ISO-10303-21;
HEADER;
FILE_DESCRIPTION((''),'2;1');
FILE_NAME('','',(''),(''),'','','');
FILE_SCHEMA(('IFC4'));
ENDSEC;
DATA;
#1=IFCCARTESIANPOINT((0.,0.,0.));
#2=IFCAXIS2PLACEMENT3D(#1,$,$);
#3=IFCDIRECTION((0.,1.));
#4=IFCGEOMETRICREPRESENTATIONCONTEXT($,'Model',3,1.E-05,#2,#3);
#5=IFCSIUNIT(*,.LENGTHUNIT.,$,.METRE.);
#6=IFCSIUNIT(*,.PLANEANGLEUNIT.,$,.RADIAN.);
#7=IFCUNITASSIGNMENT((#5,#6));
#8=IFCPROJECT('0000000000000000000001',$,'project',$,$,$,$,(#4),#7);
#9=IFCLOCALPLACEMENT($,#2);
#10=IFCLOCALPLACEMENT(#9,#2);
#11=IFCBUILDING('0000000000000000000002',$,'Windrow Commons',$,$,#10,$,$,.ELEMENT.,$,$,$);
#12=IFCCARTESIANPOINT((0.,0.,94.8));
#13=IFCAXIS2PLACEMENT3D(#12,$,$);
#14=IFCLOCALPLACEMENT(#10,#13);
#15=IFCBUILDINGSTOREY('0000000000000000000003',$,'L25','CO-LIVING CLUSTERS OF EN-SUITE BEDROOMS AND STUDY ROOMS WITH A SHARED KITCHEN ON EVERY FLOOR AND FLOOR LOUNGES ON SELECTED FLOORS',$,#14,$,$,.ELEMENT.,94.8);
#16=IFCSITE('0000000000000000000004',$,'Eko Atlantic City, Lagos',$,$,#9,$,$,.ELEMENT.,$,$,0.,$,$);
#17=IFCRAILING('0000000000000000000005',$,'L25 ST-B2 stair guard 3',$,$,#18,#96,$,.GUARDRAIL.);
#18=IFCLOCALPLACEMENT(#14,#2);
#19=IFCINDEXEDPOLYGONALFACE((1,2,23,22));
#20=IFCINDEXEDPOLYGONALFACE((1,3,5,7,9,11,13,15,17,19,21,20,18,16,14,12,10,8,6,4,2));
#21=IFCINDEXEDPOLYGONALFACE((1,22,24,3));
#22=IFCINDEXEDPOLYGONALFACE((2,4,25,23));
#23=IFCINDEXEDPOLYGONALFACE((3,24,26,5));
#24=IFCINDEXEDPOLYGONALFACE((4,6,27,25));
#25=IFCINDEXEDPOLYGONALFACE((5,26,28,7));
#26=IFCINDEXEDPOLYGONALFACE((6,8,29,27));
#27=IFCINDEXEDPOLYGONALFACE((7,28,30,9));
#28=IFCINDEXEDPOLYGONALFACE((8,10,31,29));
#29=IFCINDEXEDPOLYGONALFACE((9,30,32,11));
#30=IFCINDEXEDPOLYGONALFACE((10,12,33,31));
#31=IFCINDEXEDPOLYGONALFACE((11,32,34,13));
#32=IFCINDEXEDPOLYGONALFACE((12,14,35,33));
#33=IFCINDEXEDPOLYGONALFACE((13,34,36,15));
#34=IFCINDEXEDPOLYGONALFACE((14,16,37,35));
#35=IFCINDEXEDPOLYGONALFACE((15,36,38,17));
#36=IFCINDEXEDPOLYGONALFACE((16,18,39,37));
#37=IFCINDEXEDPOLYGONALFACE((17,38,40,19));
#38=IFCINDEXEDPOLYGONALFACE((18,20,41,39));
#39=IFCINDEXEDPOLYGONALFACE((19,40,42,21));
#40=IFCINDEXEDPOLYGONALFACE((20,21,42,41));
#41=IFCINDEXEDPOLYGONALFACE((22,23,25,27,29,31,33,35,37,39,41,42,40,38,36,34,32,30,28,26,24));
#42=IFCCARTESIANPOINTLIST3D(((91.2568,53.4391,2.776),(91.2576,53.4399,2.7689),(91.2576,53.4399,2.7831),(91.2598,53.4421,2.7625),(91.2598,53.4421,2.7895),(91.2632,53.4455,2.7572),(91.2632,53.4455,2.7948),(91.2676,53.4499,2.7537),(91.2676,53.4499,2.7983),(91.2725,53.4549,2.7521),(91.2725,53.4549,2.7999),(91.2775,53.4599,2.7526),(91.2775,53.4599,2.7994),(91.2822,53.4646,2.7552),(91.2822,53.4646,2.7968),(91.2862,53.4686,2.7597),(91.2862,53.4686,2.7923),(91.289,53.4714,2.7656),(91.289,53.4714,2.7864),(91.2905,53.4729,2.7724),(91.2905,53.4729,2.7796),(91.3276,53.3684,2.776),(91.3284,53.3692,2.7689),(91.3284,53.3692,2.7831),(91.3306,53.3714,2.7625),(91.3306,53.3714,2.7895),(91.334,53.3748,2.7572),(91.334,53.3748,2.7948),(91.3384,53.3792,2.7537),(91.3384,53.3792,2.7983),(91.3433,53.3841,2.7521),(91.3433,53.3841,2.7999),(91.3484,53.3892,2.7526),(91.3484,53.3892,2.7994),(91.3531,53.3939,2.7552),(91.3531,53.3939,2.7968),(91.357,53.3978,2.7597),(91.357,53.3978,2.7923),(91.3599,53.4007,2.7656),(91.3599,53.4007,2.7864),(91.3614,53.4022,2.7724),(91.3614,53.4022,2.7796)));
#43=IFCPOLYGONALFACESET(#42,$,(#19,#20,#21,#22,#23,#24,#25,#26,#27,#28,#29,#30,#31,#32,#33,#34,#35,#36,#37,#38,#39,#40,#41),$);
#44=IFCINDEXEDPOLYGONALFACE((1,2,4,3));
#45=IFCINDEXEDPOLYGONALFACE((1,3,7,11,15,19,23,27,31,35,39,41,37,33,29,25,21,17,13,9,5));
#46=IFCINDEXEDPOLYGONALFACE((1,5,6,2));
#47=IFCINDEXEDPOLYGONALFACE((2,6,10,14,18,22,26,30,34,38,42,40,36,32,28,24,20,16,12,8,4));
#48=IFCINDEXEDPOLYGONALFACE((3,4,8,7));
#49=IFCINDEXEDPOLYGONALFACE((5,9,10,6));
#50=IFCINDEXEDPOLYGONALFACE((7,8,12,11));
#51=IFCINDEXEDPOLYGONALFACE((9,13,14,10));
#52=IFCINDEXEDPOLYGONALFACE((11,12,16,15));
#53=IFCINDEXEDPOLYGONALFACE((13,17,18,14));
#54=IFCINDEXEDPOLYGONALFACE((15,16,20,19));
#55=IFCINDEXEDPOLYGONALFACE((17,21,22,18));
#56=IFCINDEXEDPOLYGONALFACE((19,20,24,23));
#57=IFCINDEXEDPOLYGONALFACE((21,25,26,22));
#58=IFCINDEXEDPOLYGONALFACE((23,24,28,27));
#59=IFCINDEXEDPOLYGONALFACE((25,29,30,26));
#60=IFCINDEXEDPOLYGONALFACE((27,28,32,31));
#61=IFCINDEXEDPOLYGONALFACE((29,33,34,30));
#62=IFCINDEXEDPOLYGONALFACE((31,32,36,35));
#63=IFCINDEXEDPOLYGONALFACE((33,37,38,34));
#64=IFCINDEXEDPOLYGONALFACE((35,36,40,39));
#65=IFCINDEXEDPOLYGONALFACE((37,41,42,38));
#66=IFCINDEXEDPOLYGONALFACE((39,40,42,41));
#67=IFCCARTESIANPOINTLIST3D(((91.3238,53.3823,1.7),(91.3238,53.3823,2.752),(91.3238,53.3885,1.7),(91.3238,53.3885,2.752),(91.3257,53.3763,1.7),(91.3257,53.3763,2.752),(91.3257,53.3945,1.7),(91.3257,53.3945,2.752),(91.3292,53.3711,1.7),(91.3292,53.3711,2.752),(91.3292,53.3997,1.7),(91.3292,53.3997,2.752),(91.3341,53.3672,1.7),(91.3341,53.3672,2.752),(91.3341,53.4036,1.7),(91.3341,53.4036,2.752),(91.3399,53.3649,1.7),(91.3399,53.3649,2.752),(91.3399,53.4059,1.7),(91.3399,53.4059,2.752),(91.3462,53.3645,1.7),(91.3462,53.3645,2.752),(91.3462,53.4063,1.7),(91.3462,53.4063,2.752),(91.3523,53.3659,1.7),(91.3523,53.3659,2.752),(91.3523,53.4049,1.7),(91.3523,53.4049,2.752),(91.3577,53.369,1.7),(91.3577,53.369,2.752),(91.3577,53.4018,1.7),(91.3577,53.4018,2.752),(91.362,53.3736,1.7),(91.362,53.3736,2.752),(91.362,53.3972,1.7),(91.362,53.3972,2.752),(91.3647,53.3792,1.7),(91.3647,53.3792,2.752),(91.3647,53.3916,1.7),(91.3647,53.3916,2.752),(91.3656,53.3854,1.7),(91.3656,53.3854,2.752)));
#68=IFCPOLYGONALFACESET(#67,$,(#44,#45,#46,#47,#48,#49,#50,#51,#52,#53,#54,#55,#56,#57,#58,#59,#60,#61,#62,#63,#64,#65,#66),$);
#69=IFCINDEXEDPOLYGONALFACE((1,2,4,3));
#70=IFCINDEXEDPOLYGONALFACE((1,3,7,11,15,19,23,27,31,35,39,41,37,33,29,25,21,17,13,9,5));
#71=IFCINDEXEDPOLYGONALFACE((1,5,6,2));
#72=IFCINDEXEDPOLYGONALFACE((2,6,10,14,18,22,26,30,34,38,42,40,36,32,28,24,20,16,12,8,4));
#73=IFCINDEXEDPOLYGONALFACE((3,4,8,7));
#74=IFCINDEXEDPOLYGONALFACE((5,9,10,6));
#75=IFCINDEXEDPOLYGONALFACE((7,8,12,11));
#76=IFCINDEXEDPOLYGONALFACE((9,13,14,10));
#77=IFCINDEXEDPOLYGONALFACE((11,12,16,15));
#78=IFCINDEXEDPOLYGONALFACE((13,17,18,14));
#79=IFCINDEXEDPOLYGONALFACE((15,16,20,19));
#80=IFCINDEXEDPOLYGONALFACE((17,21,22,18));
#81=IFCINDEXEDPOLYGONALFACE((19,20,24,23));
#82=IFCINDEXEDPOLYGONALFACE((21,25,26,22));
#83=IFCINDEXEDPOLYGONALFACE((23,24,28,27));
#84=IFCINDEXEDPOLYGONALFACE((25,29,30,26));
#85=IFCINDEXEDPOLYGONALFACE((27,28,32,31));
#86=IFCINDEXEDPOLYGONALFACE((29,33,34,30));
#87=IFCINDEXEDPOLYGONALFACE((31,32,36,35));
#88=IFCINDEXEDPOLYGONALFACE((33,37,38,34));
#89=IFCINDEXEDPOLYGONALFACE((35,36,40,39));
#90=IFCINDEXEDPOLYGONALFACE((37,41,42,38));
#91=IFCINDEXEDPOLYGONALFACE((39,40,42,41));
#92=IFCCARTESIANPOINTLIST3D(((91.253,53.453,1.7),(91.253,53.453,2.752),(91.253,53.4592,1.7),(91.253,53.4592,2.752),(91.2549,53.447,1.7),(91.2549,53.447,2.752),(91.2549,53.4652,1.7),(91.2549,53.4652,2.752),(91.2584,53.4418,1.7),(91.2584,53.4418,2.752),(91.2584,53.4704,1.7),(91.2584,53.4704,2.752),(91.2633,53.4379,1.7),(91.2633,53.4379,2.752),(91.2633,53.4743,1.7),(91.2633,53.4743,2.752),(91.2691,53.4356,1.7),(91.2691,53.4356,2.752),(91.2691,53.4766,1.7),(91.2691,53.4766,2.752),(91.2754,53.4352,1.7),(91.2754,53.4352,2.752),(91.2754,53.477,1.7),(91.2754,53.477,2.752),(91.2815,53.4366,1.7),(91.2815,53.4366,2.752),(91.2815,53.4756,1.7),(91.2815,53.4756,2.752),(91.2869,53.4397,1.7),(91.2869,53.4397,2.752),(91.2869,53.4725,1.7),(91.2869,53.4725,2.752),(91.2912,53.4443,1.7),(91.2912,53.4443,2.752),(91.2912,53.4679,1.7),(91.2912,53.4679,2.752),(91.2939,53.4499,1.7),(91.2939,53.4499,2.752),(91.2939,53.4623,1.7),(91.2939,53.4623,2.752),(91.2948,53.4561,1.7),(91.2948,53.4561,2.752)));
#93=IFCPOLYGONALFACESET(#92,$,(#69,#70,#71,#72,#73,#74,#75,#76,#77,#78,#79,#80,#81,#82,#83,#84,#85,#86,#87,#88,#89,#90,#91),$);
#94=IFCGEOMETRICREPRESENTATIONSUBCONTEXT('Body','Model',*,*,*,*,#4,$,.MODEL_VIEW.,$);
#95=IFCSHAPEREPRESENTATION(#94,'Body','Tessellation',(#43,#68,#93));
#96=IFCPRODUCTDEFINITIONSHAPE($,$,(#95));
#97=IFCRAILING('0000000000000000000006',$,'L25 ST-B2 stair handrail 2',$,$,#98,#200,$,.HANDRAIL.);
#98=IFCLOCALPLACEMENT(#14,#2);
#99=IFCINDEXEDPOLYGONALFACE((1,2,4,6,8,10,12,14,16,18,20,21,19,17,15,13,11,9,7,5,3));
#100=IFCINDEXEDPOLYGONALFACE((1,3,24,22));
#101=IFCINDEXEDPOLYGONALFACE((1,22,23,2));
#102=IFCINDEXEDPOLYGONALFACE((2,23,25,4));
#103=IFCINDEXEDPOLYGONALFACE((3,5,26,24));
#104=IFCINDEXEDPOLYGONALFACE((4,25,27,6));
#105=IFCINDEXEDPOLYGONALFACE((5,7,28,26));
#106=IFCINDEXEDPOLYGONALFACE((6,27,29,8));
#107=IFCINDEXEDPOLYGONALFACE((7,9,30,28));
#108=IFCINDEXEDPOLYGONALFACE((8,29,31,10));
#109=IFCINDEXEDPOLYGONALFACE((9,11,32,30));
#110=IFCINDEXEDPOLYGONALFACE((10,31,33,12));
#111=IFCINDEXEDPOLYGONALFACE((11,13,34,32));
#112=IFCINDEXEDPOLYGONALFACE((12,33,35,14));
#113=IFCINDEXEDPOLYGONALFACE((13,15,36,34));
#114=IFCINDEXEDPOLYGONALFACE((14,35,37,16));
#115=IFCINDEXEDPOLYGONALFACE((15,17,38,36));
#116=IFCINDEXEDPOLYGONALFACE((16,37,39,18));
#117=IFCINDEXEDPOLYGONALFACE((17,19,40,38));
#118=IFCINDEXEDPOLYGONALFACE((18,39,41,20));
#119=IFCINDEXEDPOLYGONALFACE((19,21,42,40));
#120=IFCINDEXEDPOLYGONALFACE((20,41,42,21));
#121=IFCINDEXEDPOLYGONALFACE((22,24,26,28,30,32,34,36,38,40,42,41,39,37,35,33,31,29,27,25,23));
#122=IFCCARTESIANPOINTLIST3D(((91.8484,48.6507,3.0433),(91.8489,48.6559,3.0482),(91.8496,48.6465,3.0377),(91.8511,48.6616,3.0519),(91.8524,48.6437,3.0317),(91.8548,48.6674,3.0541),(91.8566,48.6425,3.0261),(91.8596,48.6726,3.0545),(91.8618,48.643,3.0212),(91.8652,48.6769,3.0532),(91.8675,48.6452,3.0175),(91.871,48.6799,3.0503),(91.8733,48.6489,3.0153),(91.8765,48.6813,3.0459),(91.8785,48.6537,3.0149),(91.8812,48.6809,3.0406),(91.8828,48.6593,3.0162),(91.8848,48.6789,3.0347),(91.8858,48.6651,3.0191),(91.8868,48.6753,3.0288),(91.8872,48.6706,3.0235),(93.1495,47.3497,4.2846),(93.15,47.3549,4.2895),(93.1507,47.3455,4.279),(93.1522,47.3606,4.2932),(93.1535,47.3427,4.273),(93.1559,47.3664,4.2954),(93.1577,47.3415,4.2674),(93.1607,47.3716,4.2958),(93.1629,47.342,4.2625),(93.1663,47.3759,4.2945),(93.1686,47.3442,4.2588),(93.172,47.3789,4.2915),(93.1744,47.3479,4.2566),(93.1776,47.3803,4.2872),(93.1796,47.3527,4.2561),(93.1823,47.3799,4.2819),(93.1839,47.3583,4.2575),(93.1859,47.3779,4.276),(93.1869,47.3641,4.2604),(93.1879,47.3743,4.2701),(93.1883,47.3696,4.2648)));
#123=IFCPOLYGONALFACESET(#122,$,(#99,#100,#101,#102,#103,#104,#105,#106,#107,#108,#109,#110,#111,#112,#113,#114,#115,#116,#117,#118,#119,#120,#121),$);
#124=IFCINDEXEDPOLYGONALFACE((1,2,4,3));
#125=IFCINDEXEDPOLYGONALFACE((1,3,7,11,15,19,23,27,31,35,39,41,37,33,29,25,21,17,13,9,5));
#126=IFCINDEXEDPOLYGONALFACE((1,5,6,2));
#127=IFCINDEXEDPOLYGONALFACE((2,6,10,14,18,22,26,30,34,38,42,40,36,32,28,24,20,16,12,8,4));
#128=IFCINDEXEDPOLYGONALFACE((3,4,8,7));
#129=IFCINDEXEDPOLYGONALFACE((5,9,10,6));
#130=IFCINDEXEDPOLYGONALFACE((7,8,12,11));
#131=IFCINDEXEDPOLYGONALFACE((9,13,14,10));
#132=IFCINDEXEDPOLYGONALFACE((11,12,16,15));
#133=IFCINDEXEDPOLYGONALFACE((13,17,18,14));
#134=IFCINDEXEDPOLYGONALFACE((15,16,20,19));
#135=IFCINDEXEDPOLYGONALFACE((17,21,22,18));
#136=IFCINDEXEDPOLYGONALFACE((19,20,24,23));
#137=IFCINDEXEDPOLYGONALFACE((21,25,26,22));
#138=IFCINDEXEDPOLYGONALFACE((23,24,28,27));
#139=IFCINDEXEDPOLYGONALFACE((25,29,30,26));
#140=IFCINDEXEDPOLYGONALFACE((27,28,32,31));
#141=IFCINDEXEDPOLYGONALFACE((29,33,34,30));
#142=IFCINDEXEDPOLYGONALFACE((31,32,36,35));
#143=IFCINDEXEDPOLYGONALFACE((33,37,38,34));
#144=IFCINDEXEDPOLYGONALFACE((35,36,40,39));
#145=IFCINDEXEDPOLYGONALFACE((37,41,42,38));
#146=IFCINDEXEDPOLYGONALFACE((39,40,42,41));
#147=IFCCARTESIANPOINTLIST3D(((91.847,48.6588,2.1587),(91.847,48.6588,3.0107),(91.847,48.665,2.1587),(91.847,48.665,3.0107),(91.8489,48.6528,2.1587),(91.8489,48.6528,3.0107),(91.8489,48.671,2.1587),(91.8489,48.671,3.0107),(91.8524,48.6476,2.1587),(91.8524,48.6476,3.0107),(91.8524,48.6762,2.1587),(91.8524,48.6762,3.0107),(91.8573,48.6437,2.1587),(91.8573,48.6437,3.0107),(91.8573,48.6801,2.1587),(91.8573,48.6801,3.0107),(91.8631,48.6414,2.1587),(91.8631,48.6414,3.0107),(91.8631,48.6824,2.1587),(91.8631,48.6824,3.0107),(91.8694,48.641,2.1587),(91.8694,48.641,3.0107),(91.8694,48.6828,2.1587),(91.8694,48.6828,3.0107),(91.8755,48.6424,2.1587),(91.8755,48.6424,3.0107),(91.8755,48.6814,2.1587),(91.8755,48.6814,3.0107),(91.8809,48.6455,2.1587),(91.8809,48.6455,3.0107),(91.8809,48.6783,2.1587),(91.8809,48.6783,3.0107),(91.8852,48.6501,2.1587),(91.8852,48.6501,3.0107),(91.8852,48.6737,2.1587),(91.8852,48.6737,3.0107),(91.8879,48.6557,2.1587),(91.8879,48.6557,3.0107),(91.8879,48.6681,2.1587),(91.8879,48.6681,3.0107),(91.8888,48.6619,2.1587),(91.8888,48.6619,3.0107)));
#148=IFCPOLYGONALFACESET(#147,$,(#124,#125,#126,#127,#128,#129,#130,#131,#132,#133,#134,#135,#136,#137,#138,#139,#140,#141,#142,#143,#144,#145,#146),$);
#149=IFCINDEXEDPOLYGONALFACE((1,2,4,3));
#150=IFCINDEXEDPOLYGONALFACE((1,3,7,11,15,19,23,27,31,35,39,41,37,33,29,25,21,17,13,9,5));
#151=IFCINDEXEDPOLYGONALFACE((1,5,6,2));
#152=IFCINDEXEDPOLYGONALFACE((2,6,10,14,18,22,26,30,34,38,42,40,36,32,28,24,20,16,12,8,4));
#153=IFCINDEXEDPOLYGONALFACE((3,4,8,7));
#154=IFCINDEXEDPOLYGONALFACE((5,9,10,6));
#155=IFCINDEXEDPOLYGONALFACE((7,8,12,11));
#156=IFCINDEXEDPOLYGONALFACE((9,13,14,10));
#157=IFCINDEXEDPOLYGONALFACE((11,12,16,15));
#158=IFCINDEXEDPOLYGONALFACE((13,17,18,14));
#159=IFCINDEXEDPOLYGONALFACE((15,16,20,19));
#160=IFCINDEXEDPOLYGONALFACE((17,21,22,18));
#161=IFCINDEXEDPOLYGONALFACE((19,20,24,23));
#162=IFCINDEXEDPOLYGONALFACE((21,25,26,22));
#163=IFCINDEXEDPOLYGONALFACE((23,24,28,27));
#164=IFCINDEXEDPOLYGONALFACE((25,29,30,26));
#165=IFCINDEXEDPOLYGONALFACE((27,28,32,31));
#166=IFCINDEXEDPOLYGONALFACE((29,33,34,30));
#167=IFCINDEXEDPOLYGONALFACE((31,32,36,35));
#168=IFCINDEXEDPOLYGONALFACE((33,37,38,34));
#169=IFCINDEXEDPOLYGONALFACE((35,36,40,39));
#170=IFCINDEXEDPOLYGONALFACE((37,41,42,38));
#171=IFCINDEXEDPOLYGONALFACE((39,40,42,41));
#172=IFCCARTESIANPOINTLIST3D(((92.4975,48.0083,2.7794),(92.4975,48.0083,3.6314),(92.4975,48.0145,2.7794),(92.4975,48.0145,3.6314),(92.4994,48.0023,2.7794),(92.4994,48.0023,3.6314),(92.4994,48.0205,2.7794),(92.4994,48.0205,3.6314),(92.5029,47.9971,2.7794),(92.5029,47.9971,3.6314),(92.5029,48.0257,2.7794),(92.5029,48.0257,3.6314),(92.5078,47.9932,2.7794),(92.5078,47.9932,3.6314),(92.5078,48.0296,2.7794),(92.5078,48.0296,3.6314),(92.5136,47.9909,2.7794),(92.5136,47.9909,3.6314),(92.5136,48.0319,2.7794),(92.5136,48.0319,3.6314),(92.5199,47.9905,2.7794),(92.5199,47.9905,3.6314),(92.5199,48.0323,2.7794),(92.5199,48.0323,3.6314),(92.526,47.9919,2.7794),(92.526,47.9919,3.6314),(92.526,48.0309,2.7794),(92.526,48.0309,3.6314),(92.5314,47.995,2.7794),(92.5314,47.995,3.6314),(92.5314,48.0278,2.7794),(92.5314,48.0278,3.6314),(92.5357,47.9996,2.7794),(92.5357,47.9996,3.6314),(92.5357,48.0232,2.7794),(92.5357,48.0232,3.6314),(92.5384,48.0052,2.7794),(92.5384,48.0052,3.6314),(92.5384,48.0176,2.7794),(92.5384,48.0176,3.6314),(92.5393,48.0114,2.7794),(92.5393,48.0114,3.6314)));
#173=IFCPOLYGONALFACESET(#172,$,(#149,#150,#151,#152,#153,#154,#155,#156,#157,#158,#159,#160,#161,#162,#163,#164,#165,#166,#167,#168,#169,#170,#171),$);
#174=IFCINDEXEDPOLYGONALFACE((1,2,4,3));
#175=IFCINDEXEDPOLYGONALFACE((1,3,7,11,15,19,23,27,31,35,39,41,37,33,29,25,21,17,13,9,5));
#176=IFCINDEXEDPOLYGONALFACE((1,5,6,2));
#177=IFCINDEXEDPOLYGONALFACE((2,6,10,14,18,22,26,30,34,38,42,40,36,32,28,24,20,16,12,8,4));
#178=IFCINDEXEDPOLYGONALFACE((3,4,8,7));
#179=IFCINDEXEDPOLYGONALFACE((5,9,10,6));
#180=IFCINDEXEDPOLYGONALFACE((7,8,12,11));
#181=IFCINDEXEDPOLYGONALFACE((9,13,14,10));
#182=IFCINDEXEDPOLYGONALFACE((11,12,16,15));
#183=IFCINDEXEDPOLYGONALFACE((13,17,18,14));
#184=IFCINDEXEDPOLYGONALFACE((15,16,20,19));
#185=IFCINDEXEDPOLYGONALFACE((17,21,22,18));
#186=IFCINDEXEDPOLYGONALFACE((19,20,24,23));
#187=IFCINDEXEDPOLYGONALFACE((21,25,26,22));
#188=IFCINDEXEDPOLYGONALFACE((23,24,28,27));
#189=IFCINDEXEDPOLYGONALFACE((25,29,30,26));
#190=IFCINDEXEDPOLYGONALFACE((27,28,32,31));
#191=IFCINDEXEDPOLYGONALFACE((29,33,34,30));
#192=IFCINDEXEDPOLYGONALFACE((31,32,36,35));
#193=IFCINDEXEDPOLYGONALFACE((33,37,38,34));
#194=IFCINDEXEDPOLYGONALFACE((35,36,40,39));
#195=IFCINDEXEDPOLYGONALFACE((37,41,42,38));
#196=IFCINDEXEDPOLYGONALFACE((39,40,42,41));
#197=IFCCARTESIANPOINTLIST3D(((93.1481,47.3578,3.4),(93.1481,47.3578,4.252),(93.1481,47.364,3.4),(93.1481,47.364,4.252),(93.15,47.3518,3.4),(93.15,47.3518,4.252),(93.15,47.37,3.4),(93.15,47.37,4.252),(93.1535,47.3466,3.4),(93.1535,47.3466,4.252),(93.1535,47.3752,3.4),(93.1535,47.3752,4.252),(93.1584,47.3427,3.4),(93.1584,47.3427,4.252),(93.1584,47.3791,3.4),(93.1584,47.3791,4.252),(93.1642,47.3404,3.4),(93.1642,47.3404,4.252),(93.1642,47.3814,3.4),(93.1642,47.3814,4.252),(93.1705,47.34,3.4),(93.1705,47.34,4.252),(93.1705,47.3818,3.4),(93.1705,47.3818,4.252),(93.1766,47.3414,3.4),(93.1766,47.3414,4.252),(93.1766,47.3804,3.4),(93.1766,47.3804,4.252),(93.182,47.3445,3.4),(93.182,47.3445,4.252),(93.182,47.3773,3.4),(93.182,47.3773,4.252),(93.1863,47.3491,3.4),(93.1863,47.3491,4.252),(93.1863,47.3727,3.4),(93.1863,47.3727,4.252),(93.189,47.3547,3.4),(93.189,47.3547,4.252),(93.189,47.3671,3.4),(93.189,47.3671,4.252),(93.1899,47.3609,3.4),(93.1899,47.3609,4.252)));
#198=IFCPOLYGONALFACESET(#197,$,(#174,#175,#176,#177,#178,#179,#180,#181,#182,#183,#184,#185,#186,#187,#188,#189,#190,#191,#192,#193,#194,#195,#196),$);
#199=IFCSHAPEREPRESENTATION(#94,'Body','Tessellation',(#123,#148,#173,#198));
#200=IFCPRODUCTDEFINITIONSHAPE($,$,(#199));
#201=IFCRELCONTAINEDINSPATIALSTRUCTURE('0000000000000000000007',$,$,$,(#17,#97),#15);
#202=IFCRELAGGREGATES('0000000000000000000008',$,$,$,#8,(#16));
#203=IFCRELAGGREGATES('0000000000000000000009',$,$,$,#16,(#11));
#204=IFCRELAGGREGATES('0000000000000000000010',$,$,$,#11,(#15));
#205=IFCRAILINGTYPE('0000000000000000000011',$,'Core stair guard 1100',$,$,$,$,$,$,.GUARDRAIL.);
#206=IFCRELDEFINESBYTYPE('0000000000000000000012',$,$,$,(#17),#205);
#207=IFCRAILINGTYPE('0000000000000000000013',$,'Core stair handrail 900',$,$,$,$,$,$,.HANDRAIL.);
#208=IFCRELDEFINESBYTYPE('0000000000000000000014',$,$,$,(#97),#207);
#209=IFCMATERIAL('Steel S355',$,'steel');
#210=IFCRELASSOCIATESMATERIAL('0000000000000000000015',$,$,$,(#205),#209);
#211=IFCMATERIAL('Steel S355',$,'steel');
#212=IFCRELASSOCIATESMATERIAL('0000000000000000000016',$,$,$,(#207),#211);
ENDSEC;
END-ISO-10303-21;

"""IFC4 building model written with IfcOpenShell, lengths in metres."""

from ifc_helpers import new_model, si_unit, direction, frame, origin, origin_2d, place, context, subcontext, project, spatial, circle, extrude, material, type_object, element, save


model = new_model("IFC4")

# Units and contexts
model_context = context("Model", 3, precision=1e-05, world=origin(), true_north=direction((0.0, 1.0)))
body_context = subcontext(model_context, "Body", "Model", "MODEL_VIEW")
ifc_project = project(units=[si_unit("LENGTHUNIT", "METRE"), si_unit("PLANEANGLEUNIT", "RADIAN")], contexts=[model_context])

# Site, building, storey
site_placement = place(None, origin())
site = spatial("IfcSite", under=ifc_project, at=site_placement, Name="Eko Atlantic City, Lagos", CompositionType="ELEMENT", RefElevation=0.0)
building_placement = place(site_placement, origin())
building = spatial("IfcBuilding", under=site, at=building_placement, Name="Windrow Commons", CompositionType="ELEMENT")
storey_placement = place(building_placement, frame((0.0, 0.0, 94.8)))
storey = spatial("IfcBuildingStorey", under=building, at=storey_placement, Name="L25", Description="CO-LIVING CLUSTERS OF EN-SUITE BEDROOMS AND STUDY ROOMS WITH A SHARED KITCHEN ON EVERY FLOOR AND FLOOR LOUNGES ON SELECTED FLOORS", CompositionType="ELEMENT", Elevation=94.8)

# Railings
ifc_material_1 = material(Name="Steel S355", Category="steel")
railing_type_1 = type_object("IfcRailingType", Name="Core stair guard 1100", PredefinedType="GUARDRAIL", material=ifc_material_1)
railing_1_placement = place(storey_placement, frame((91.3446, 53.3854, 1.7)))
element("IfcRailing", 1, at=railing_1_placement, inside=storey, type_object=railing_type_1, Name="L25 ST-B2 stair guard 3", PredefinedType="GUARDRAIL", context=body_context, shape_type="SweptSolid", body=[
    extrude(circle(Radius=0.024, at=origin_2d()), frame((0.0, 0.0, 1.076), z_axis=(-0.707606, 0.706607, 0.0), x_axis=(-0.706607, -0.707606, 0.0)), (0.0, 0.0, 1.0), 0.1001),
    extrude(circle(Radius=0.021, at=origin_2d()), origin(), (0.0, 0.0, 1.0), 1.052),
    extrude(circle(Radius=0.021, at=origin_2d()), frame((-0.0708, 0.0707, 0.0)), (0.0, 0.0, 1.0), 1.052),
])
ifc_material_2 = material(Name="Steel S355", Category="steel")
railing_type_2 = type_object("IfcRailingType", Name="Core stair handrail 900", PredefinedType="HANDRAIL", material=ifc_material_2)
railing_2_placement = place(storey_placement, frame((91.8678, 48.6619, 2.1587)))
element("IfcRailing", 2, at=railing_2_placement, inside=storey, type_object=railing_type_2, Name="L25 ST-B2 stair handrail 2", PredefinedType="HANDRAIL", context=body_context, shape_type="SweptSolid", body=[
    extrude(circle(Radius=0.024, at=origin_2d()), frame((0.0, 0.0, 0.876), z_axis=(0.586207, -0.586162, 0.559264), x_axis=(0.70708, 0.707134, 0.0)), (0.0, 0.0, 1.0), 2.2195),
    extrude(circle(Radius=0.021, at=origin_2d()), origin(), (0.0, 0.0, 1.0), 0.852),
    extrude(circle(Radius=0.021, at=origin_2d()), frame((0.6505, -0.6505, 0.6207)), (0.0, 0.0, 1.0), 0.852),
    extrude(circle(Radius=0.021, at=origin_2d()), frame((1.3011, -1.301, 1.2413)), (0.0, 0.0, 1.0), 0.852),
])

save(model, "model.ifc")
